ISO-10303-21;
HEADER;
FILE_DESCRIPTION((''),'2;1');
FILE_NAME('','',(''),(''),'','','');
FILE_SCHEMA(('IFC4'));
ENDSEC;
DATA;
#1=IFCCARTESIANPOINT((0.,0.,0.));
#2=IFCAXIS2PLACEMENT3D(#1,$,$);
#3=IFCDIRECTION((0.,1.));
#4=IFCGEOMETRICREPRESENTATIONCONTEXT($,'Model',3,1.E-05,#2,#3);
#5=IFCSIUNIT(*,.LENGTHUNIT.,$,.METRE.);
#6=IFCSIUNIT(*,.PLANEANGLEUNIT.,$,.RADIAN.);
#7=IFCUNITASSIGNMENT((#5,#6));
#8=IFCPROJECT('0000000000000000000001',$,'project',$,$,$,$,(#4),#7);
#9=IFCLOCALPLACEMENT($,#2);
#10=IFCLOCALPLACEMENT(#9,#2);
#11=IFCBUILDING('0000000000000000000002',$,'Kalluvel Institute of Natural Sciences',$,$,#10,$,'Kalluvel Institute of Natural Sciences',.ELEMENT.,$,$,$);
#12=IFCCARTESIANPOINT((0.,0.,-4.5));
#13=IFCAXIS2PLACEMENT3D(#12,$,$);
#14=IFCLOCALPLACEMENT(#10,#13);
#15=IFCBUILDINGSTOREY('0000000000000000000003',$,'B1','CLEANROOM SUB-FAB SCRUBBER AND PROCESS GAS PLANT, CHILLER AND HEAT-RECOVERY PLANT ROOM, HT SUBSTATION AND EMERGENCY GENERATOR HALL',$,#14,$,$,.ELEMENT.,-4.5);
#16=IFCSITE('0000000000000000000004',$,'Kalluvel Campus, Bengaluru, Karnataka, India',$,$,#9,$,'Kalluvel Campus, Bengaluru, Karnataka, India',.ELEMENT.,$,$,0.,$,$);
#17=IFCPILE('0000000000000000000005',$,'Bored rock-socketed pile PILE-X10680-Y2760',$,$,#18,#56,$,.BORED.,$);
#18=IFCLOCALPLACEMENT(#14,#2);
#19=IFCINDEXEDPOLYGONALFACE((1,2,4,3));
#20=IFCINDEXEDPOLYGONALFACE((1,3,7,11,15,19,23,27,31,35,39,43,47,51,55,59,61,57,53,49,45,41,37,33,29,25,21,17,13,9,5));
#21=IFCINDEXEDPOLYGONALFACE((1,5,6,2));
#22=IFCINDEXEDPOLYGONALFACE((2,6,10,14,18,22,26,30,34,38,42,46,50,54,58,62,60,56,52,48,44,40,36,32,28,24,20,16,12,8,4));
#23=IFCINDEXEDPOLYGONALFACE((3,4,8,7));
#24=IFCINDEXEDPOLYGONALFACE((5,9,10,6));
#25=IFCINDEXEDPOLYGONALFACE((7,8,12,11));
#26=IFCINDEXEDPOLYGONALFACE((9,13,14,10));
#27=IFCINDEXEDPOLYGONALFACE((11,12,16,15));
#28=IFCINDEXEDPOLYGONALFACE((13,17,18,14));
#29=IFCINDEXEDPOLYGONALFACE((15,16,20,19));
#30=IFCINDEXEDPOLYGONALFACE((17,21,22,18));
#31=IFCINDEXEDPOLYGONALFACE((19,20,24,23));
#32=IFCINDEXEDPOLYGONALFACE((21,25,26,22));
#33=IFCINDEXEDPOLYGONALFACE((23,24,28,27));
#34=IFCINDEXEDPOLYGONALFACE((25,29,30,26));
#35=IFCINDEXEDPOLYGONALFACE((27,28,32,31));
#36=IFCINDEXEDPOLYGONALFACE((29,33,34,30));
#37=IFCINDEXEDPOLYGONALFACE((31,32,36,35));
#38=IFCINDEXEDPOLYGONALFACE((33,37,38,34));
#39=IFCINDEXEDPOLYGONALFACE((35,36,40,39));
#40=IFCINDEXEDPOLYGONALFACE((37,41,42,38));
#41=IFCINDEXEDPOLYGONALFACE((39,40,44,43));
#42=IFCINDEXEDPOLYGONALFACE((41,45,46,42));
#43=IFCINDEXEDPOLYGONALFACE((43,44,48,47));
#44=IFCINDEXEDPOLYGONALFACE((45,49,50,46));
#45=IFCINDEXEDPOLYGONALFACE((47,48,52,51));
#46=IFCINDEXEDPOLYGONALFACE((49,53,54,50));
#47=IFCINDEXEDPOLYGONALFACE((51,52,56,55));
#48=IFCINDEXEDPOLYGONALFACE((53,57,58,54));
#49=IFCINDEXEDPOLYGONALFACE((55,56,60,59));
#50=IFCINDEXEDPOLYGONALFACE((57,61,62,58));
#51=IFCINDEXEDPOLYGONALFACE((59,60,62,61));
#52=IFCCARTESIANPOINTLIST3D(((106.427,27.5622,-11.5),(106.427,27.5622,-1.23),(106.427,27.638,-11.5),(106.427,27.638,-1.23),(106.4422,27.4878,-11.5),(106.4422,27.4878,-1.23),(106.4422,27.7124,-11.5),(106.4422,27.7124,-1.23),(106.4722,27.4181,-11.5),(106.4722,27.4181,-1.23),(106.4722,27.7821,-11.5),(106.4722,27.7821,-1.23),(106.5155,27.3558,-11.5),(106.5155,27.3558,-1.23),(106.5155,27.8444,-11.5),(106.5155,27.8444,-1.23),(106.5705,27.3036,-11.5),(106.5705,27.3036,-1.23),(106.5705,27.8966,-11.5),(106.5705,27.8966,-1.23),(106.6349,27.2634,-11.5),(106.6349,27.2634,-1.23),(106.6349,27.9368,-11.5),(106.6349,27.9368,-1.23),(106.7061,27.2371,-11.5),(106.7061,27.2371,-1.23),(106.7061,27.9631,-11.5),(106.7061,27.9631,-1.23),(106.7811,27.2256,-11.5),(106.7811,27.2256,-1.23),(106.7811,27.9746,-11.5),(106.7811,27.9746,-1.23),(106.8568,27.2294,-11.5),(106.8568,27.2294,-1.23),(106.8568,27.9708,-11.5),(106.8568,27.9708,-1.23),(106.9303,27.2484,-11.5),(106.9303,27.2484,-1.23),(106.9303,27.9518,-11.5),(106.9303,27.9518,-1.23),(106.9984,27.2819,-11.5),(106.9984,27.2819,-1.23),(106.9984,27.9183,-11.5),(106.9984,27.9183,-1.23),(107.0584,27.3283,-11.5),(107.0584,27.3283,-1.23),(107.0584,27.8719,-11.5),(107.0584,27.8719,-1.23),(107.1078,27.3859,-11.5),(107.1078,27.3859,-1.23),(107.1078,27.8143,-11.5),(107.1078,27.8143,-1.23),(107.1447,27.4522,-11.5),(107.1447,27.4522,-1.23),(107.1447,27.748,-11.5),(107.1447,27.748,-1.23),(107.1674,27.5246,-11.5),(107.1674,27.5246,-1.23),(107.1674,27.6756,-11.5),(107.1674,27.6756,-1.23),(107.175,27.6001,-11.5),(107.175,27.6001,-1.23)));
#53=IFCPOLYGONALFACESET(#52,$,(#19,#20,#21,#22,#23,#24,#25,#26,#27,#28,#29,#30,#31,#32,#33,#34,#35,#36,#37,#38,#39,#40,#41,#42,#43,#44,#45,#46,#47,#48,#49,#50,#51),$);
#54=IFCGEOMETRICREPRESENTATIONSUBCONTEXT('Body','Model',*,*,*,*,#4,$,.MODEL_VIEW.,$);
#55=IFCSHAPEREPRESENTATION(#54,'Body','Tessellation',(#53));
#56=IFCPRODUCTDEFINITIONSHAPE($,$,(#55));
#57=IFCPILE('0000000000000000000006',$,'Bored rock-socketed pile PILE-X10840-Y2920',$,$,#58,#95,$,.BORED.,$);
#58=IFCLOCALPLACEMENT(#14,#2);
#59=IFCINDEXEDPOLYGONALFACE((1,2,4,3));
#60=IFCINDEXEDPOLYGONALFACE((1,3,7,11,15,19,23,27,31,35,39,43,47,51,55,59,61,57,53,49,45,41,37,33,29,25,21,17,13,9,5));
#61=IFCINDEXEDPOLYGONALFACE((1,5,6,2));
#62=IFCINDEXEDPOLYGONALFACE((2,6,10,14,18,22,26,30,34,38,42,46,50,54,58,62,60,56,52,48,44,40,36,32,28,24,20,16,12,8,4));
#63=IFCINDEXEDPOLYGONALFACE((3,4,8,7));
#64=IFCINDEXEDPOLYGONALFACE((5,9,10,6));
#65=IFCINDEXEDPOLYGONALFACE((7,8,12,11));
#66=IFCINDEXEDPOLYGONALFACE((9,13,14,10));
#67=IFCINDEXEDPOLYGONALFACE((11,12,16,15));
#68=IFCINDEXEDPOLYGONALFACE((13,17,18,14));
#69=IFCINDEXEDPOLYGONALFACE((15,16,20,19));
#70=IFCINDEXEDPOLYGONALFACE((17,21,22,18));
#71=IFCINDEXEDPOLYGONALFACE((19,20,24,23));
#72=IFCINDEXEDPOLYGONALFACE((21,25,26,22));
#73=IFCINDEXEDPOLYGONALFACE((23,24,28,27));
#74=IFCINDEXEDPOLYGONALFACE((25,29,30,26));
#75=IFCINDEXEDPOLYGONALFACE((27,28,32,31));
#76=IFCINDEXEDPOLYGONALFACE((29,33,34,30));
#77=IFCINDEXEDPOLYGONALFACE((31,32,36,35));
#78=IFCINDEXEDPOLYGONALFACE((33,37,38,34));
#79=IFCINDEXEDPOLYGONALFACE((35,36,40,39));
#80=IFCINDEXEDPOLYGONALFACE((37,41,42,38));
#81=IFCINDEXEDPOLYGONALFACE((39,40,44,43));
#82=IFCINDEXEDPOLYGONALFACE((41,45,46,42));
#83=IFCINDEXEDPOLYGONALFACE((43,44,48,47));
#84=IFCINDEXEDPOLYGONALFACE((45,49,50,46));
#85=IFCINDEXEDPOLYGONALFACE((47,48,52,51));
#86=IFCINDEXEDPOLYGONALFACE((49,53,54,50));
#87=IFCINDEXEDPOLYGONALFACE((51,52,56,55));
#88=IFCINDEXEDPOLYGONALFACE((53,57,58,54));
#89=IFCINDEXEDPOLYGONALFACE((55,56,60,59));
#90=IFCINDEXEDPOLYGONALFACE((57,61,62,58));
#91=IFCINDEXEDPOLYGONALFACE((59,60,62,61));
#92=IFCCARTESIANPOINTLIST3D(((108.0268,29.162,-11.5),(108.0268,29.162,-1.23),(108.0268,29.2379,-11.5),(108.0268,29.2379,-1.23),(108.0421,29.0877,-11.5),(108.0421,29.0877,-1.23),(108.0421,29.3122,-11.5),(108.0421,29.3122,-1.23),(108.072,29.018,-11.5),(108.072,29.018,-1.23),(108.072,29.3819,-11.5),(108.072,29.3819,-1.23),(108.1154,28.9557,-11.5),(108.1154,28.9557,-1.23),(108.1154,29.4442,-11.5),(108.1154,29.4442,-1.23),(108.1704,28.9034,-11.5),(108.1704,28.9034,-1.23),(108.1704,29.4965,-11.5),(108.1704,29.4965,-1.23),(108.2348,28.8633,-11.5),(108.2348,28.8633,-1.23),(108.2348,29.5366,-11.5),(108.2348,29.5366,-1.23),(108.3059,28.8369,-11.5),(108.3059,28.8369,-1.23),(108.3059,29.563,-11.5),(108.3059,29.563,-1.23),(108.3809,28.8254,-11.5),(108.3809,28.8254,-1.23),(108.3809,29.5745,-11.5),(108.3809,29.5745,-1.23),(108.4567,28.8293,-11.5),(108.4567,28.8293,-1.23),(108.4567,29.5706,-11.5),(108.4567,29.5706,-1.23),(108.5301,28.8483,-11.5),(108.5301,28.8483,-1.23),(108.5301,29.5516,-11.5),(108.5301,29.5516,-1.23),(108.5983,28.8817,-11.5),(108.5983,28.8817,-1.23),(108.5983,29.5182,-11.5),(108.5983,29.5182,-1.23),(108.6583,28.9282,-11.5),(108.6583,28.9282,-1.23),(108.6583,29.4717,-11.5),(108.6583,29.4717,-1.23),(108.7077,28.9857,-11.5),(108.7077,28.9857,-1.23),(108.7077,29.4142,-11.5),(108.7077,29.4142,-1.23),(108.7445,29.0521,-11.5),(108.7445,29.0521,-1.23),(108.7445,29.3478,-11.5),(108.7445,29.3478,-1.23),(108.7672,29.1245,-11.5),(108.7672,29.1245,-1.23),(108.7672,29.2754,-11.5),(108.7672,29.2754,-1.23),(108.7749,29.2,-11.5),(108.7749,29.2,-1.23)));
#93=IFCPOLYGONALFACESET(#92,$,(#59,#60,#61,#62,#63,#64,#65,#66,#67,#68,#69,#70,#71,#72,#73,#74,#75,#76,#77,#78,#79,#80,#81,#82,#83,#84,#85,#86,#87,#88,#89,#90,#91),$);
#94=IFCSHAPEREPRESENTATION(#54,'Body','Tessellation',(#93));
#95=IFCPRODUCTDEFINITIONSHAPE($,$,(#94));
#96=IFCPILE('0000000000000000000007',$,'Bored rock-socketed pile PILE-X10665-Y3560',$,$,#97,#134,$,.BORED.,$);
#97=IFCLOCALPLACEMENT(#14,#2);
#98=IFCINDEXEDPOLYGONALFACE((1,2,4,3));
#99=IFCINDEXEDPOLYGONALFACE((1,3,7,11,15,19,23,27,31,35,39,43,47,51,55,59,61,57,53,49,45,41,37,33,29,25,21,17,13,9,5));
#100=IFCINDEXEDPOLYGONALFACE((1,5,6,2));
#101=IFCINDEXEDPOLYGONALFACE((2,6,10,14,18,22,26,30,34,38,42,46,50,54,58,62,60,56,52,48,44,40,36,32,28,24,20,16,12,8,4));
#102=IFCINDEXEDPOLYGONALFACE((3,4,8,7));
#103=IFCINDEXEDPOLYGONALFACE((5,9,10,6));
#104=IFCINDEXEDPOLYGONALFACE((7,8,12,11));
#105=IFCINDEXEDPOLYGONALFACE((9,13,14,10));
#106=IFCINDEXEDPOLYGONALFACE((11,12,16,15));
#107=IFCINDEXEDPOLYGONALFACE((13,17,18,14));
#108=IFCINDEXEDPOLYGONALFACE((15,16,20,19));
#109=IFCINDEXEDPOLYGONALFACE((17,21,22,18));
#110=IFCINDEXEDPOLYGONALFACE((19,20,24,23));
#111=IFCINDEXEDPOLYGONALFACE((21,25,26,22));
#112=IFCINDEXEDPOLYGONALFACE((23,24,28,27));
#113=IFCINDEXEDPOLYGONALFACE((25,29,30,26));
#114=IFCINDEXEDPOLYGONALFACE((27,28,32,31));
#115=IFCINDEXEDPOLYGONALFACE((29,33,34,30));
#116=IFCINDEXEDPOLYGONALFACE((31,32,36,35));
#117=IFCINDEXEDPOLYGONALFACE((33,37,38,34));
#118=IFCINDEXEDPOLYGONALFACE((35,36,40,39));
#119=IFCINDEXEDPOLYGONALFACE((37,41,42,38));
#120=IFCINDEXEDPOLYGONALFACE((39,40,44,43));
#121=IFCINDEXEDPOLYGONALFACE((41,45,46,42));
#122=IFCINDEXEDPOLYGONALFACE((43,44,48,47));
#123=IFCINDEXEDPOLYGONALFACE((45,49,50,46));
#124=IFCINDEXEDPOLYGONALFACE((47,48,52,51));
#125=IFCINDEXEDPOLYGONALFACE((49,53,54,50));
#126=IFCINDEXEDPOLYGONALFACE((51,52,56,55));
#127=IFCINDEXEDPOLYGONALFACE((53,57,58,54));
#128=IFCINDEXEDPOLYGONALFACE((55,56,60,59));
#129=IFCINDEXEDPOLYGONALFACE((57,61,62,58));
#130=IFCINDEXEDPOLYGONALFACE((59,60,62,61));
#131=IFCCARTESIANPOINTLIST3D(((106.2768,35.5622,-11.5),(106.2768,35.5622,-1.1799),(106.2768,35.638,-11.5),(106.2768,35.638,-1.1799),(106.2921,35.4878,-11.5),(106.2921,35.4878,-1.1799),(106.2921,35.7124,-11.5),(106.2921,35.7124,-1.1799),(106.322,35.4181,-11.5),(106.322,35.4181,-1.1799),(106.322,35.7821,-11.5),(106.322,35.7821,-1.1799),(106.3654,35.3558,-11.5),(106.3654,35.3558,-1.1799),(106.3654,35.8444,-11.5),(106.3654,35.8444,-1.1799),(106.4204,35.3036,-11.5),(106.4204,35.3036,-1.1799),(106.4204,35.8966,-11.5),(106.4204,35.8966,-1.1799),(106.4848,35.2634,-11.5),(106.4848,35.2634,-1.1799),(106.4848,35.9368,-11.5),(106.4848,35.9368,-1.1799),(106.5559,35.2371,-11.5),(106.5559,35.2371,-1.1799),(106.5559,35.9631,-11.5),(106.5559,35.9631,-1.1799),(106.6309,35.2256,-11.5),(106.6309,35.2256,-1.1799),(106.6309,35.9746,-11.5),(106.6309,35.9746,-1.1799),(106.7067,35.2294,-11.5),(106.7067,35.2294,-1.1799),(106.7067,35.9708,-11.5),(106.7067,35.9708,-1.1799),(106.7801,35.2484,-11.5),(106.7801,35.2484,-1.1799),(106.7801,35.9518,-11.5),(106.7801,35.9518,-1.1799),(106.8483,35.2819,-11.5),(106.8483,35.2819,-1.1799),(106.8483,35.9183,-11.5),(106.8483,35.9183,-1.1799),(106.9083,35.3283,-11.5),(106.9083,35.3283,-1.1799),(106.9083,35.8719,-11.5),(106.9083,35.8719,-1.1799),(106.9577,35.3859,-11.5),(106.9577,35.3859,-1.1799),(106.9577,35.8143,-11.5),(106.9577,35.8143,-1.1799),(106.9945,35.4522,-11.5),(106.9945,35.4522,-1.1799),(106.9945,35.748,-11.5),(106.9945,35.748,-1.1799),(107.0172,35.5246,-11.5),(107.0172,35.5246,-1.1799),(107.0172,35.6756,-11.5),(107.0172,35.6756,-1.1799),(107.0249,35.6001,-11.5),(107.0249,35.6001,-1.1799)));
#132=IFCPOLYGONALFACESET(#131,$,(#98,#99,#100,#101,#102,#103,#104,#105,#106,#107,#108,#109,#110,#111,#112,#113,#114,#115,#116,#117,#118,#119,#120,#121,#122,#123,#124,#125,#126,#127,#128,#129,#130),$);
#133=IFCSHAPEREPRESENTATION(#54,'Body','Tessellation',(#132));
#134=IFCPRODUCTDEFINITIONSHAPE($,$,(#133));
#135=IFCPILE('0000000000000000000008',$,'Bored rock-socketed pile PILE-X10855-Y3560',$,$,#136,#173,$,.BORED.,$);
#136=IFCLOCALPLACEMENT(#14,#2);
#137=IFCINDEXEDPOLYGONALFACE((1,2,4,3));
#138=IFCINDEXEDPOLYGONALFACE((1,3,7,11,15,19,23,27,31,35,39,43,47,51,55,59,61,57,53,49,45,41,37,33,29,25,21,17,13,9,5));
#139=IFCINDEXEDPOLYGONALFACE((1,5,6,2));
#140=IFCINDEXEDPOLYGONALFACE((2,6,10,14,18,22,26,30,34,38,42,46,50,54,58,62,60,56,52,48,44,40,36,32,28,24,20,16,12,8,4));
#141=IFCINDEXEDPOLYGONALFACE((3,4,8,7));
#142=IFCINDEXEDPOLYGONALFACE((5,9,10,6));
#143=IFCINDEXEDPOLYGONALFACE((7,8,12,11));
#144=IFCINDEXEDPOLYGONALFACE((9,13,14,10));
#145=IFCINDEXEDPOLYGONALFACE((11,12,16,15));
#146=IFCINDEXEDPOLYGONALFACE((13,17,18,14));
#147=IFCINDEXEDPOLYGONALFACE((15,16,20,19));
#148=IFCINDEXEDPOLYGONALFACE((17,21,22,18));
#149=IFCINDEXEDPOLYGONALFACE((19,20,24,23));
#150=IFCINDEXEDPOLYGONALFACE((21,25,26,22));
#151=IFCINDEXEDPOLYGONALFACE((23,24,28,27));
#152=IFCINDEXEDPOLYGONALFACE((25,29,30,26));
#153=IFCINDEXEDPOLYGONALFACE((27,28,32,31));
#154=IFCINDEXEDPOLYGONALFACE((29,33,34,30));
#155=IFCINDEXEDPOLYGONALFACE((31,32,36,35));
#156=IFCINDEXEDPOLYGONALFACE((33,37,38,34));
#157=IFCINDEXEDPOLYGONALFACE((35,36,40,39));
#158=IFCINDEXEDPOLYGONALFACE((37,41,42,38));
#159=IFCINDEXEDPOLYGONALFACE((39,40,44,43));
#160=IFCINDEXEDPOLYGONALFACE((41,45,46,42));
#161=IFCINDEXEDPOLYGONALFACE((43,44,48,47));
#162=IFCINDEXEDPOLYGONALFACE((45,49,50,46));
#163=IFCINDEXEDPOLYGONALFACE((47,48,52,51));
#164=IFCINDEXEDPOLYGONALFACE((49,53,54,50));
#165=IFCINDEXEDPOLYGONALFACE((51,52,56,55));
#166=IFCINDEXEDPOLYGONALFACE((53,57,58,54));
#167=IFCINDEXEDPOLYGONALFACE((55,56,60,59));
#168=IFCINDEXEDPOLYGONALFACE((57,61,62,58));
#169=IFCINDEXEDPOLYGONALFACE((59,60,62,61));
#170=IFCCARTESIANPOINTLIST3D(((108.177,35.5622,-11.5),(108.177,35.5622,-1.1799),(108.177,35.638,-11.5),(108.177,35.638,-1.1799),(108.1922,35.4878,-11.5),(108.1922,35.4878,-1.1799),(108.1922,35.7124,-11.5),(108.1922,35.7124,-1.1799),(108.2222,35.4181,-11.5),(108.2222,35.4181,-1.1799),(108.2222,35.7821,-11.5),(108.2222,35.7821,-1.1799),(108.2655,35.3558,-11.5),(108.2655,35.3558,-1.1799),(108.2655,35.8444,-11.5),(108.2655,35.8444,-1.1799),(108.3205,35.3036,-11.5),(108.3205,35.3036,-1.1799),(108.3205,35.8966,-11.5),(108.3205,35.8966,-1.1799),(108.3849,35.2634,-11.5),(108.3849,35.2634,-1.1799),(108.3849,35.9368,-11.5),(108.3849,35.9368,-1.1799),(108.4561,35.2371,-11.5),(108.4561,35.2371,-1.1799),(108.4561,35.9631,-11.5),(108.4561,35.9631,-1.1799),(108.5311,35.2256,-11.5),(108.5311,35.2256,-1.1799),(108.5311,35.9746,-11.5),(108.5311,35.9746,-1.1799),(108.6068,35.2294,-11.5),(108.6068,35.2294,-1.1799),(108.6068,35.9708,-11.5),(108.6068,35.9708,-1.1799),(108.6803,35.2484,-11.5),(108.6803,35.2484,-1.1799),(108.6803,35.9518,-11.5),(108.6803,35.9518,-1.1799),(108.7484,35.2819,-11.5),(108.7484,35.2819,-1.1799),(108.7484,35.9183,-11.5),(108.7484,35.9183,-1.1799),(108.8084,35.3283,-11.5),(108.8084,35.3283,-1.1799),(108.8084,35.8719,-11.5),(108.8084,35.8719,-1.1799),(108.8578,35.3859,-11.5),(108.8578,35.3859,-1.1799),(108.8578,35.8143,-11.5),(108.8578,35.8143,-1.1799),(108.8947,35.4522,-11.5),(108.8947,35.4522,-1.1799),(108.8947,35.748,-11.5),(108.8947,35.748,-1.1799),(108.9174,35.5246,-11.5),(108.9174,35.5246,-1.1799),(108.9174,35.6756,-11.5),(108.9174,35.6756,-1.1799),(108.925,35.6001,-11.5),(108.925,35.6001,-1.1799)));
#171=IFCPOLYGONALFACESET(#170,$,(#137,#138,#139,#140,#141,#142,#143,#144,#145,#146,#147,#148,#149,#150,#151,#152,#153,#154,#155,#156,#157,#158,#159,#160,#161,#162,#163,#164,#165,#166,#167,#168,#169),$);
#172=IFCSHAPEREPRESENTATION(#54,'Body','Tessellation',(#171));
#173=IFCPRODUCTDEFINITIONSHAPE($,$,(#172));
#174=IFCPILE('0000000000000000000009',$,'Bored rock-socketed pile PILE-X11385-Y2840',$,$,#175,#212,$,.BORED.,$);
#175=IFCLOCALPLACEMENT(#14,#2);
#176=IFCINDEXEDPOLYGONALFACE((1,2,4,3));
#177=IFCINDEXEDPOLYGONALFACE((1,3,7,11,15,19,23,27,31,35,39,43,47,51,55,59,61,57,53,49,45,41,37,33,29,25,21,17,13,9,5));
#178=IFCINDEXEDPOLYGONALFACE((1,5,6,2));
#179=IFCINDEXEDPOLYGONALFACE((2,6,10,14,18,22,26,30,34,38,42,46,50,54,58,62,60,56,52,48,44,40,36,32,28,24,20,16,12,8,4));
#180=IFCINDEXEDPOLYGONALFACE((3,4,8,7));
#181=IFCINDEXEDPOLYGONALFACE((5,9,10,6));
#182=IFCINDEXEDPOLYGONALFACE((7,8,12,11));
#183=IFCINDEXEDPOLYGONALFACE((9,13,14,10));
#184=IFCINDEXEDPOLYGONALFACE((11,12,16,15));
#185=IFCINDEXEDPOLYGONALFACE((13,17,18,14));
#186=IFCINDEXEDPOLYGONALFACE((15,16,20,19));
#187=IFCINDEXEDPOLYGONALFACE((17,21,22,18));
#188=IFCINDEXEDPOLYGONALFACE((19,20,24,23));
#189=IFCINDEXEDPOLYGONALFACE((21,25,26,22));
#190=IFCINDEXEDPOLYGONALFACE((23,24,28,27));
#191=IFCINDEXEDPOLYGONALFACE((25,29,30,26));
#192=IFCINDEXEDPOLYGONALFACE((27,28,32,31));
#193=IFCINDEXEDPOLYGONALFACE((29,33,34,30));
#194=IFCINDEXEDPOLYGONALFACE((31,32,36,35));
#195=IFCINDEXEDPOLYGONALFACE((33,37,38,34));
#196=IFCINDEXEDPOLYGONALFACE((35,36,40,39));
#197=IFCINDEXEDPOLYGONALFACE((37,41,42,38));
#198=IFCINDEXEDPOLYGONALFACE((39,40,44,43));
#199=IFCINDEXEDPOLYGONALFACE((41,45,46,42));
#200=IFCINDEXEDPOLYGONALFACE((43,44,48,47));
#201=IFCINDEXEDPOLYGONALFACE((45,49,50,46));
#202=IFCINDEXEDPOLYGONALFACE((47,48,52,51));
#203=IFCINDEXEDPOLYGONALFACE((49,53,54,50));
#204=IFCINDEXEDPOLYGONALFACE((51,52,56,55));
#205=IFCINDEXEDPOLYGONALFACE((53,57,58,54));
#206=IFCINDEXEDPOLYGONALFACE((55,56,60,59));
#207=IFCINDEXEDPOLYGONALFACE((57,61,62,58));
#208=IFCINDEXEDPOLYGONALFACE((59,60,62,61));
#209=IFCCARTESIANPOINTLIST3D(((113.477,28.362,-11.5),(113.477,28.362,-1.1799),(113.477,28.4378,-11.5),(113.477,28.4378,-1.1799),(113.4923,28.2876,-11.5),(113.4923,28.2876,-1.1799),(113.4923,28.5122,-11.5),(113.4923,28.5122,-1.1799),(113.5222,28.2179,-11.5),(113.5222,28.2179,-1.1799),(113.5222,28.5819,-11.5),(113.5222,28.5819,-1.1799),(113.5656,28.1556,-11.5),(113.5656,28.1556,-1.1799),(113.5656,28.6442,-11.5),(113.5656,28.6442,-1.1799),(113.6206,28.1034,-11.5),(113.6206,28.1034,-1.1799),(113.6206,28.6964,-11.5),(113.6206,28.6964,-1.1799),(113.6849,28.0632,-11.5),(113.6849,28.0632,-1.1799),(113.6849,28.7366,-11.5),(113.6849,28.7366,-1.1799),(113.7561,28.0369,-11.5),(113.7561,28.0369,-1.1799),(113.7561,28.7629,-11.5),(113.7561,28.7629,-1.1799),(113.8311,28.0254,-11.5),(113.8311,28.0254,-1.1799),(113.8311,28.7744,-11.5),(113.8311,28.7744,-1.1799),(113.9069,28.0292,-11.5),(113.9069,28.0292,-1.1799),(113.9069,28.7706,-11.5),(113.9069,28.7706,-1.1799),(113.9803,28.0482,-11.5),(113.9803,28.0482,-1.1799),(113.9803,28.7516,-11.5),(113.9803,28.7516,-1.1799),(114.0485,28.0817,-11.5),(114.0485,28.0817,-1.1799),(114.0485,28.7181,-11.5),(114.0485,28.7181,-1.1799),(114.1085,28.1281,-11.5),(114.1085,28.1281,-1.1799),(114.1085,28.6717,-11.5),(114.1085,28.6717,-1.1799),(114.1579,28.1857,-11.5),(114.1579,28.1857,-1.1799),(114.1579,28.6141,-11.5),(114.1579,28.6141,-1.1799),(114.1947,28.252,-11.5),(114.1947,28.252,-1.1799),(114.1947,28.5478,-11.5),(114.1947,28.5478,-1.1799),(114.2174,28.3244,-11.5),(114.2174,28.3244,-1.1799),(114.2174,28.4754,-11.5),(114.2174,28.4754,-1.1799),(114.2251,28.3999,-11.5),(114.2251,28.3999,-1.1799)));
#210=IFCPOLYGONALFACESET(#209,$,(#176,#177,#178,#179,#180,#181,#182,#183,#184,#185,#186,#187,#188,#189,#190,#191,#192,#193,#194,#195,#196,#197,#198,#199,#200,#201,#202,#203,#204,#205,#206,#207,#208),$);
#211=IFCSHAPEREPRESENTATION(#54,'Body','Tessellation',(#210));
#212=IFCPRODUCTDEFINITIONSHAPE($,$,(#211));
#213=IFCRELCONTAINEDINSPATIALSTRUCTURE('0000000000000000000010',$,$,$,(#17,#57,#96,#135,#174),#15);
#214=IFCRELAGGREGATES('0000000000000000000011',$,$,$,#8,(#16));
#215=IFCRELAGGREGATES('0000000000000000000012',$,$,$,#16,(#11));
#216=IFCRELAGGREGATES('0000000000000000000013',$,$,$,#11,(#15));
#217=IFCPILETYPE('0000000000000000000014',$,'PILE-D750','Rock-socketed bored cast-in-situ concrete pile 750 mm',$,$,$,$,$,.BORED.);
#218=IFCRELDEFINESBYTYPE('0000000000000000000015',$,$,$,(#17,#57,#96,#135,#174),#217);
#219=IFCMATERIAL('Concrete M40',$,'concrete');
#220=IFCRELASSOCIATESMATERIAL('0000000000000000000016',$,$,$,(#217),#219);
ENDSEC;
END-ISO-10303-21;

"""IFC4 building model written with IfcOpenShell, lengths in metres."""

from ifc_helpers import new_model, si_unit, direction, frame, origin, origin_2d, place, context, subcontext, project, spatial, circle, extrude, material, material_profile, profile_set, type_object, element, save


model = new_model("IFC4")

# Units and contexts
model_context = context("Model", 3, precision=1e-05, world=origin(), true_north=direction((0.0, 1.0)))
body_context = subcontext(model_context, "Body", "Model", "MODEL_VIEW")
ifc_project = project(units=[si_unit("LENGTHUNIT", "METRE"), si_unit("PLANEANGLEUNIT", "RADIAN")], contexts=[model_context])

# Site, building, storey
site_placement = place(None, origin())
site = spatial("IfcSite", under=ifc_project, at=site_placement, Name="Kalluvel Campus, Bengaluru, Karnataka, India", LongName="Kalluvel Campus, Bengaluru, Karnataka, India", CompositionType="ELEMENT", RefElevation=0.0)
building_placement = place(site_placement, origin())
building = spatial("IfcBuilding", under=site, at=building_placement, Name="Kalluvel Institute of Natural Sciences", LongName="Kalluvel Institute of Natural Sciences", CompositionType="ELEMENT")
storey_placement = place(building_placement, frame((0.0, 0.0, -4.5)))
storey = spatial("IfcBuildingStorey", under=building, at=storey_placement, Name="B1", Description="CLEANROOM SUB-FAB SCRUBBER AND PROCESS GAS PLANT, CHILLER AND HEAT-RECOVERY PLANT ROOM, HT SUBSTATION AND EMERGENCY GENERATOR HALL", CompositionType="ELEMENT", Elevation=-4.5)

# Shared definitions
ifc_material_1 = material(Name="Concrete M40", Category="concrete")

# Piles
ifc_material_profile_1 = material_profile(ifc_material_1, circle(Radius=0.375, at=origin_2d()), Name="PILE D750")
ifc_profile_set_1 = profile_set([ifc_material_profile_1], Name="Concrete M40")
pile_type_1 = type_object("IfcPileType", Name="PILE-D750", Description="Rock-socketed bored cast-in-situ concrete pile 750 mm", PredefinedType="BORED", material=ifc_profile_set_1)
for number, where, z_axis, x_axis, name in (
    (1, (106.8, 27.6001, -1.23), (0.0, 0.0, -1.0), (1.0, 0.0, 0.0), "Bored rock-socketed pile PILE-X10680-Y2760"),
    (2, (108.3999, 29.2, -1.23), (0.0, 0.0, -1.0), (1.0, 0.0, 0.0), "Bored rock-socketed pile PILE-X10840-Y2920"),
):
    element("IfcPile", number, at=place(storey_placement, frame(where, z_axis=z_axis, x_axis=x_axis)), inside=storey, type_object=pile_type_1, Name=name, PredefinedType="BORED", context=body_context, shape_type="SweptSolid", body=[
        extrude(circle(Radius=0.375, at=origin_2d()), origin(), (0.0, 0.0, 1.0), 10.27),
    ])
for number, where, z_axis, x_axis, name in (
    (3, (106.6499, 35.6001, -1.1799), (0.0, 0.0, -1.0), (1.0, 0.0, 0.0), "Bored rock-socketed pile PILE-X10665-Y3560"),
    (4, (108.55, 35.6001, -1.1799), (0.0, 0.0, -1.0), (1.0, 0.0, 0.0), "Bored rock-socketed pile PILE-X10855-Y3560"),
    (5, (113.8501, 28.3999, -1.1799), (0.0, 0.0, -1.0), (1.0, 0.0, 0.0), "Bored rock-socketed pile PILE-X11385-Y2840"),
):
    element("IfcPile", number, at=place(storey_placement, frame(where, z_axis=z_axis, x_axis=x_axis)), inside=storey, type_object=pile_type_1, Name=name, PredefinedType="BORED", context=body_context, shape_type="SweptSolid", body=[
        extrude(circle(Radius=0.375, at=origin_2d()), origin(), (0.0, 0.0, 1.0), 10.3201),
    ])

save(model, "model.ifc")
